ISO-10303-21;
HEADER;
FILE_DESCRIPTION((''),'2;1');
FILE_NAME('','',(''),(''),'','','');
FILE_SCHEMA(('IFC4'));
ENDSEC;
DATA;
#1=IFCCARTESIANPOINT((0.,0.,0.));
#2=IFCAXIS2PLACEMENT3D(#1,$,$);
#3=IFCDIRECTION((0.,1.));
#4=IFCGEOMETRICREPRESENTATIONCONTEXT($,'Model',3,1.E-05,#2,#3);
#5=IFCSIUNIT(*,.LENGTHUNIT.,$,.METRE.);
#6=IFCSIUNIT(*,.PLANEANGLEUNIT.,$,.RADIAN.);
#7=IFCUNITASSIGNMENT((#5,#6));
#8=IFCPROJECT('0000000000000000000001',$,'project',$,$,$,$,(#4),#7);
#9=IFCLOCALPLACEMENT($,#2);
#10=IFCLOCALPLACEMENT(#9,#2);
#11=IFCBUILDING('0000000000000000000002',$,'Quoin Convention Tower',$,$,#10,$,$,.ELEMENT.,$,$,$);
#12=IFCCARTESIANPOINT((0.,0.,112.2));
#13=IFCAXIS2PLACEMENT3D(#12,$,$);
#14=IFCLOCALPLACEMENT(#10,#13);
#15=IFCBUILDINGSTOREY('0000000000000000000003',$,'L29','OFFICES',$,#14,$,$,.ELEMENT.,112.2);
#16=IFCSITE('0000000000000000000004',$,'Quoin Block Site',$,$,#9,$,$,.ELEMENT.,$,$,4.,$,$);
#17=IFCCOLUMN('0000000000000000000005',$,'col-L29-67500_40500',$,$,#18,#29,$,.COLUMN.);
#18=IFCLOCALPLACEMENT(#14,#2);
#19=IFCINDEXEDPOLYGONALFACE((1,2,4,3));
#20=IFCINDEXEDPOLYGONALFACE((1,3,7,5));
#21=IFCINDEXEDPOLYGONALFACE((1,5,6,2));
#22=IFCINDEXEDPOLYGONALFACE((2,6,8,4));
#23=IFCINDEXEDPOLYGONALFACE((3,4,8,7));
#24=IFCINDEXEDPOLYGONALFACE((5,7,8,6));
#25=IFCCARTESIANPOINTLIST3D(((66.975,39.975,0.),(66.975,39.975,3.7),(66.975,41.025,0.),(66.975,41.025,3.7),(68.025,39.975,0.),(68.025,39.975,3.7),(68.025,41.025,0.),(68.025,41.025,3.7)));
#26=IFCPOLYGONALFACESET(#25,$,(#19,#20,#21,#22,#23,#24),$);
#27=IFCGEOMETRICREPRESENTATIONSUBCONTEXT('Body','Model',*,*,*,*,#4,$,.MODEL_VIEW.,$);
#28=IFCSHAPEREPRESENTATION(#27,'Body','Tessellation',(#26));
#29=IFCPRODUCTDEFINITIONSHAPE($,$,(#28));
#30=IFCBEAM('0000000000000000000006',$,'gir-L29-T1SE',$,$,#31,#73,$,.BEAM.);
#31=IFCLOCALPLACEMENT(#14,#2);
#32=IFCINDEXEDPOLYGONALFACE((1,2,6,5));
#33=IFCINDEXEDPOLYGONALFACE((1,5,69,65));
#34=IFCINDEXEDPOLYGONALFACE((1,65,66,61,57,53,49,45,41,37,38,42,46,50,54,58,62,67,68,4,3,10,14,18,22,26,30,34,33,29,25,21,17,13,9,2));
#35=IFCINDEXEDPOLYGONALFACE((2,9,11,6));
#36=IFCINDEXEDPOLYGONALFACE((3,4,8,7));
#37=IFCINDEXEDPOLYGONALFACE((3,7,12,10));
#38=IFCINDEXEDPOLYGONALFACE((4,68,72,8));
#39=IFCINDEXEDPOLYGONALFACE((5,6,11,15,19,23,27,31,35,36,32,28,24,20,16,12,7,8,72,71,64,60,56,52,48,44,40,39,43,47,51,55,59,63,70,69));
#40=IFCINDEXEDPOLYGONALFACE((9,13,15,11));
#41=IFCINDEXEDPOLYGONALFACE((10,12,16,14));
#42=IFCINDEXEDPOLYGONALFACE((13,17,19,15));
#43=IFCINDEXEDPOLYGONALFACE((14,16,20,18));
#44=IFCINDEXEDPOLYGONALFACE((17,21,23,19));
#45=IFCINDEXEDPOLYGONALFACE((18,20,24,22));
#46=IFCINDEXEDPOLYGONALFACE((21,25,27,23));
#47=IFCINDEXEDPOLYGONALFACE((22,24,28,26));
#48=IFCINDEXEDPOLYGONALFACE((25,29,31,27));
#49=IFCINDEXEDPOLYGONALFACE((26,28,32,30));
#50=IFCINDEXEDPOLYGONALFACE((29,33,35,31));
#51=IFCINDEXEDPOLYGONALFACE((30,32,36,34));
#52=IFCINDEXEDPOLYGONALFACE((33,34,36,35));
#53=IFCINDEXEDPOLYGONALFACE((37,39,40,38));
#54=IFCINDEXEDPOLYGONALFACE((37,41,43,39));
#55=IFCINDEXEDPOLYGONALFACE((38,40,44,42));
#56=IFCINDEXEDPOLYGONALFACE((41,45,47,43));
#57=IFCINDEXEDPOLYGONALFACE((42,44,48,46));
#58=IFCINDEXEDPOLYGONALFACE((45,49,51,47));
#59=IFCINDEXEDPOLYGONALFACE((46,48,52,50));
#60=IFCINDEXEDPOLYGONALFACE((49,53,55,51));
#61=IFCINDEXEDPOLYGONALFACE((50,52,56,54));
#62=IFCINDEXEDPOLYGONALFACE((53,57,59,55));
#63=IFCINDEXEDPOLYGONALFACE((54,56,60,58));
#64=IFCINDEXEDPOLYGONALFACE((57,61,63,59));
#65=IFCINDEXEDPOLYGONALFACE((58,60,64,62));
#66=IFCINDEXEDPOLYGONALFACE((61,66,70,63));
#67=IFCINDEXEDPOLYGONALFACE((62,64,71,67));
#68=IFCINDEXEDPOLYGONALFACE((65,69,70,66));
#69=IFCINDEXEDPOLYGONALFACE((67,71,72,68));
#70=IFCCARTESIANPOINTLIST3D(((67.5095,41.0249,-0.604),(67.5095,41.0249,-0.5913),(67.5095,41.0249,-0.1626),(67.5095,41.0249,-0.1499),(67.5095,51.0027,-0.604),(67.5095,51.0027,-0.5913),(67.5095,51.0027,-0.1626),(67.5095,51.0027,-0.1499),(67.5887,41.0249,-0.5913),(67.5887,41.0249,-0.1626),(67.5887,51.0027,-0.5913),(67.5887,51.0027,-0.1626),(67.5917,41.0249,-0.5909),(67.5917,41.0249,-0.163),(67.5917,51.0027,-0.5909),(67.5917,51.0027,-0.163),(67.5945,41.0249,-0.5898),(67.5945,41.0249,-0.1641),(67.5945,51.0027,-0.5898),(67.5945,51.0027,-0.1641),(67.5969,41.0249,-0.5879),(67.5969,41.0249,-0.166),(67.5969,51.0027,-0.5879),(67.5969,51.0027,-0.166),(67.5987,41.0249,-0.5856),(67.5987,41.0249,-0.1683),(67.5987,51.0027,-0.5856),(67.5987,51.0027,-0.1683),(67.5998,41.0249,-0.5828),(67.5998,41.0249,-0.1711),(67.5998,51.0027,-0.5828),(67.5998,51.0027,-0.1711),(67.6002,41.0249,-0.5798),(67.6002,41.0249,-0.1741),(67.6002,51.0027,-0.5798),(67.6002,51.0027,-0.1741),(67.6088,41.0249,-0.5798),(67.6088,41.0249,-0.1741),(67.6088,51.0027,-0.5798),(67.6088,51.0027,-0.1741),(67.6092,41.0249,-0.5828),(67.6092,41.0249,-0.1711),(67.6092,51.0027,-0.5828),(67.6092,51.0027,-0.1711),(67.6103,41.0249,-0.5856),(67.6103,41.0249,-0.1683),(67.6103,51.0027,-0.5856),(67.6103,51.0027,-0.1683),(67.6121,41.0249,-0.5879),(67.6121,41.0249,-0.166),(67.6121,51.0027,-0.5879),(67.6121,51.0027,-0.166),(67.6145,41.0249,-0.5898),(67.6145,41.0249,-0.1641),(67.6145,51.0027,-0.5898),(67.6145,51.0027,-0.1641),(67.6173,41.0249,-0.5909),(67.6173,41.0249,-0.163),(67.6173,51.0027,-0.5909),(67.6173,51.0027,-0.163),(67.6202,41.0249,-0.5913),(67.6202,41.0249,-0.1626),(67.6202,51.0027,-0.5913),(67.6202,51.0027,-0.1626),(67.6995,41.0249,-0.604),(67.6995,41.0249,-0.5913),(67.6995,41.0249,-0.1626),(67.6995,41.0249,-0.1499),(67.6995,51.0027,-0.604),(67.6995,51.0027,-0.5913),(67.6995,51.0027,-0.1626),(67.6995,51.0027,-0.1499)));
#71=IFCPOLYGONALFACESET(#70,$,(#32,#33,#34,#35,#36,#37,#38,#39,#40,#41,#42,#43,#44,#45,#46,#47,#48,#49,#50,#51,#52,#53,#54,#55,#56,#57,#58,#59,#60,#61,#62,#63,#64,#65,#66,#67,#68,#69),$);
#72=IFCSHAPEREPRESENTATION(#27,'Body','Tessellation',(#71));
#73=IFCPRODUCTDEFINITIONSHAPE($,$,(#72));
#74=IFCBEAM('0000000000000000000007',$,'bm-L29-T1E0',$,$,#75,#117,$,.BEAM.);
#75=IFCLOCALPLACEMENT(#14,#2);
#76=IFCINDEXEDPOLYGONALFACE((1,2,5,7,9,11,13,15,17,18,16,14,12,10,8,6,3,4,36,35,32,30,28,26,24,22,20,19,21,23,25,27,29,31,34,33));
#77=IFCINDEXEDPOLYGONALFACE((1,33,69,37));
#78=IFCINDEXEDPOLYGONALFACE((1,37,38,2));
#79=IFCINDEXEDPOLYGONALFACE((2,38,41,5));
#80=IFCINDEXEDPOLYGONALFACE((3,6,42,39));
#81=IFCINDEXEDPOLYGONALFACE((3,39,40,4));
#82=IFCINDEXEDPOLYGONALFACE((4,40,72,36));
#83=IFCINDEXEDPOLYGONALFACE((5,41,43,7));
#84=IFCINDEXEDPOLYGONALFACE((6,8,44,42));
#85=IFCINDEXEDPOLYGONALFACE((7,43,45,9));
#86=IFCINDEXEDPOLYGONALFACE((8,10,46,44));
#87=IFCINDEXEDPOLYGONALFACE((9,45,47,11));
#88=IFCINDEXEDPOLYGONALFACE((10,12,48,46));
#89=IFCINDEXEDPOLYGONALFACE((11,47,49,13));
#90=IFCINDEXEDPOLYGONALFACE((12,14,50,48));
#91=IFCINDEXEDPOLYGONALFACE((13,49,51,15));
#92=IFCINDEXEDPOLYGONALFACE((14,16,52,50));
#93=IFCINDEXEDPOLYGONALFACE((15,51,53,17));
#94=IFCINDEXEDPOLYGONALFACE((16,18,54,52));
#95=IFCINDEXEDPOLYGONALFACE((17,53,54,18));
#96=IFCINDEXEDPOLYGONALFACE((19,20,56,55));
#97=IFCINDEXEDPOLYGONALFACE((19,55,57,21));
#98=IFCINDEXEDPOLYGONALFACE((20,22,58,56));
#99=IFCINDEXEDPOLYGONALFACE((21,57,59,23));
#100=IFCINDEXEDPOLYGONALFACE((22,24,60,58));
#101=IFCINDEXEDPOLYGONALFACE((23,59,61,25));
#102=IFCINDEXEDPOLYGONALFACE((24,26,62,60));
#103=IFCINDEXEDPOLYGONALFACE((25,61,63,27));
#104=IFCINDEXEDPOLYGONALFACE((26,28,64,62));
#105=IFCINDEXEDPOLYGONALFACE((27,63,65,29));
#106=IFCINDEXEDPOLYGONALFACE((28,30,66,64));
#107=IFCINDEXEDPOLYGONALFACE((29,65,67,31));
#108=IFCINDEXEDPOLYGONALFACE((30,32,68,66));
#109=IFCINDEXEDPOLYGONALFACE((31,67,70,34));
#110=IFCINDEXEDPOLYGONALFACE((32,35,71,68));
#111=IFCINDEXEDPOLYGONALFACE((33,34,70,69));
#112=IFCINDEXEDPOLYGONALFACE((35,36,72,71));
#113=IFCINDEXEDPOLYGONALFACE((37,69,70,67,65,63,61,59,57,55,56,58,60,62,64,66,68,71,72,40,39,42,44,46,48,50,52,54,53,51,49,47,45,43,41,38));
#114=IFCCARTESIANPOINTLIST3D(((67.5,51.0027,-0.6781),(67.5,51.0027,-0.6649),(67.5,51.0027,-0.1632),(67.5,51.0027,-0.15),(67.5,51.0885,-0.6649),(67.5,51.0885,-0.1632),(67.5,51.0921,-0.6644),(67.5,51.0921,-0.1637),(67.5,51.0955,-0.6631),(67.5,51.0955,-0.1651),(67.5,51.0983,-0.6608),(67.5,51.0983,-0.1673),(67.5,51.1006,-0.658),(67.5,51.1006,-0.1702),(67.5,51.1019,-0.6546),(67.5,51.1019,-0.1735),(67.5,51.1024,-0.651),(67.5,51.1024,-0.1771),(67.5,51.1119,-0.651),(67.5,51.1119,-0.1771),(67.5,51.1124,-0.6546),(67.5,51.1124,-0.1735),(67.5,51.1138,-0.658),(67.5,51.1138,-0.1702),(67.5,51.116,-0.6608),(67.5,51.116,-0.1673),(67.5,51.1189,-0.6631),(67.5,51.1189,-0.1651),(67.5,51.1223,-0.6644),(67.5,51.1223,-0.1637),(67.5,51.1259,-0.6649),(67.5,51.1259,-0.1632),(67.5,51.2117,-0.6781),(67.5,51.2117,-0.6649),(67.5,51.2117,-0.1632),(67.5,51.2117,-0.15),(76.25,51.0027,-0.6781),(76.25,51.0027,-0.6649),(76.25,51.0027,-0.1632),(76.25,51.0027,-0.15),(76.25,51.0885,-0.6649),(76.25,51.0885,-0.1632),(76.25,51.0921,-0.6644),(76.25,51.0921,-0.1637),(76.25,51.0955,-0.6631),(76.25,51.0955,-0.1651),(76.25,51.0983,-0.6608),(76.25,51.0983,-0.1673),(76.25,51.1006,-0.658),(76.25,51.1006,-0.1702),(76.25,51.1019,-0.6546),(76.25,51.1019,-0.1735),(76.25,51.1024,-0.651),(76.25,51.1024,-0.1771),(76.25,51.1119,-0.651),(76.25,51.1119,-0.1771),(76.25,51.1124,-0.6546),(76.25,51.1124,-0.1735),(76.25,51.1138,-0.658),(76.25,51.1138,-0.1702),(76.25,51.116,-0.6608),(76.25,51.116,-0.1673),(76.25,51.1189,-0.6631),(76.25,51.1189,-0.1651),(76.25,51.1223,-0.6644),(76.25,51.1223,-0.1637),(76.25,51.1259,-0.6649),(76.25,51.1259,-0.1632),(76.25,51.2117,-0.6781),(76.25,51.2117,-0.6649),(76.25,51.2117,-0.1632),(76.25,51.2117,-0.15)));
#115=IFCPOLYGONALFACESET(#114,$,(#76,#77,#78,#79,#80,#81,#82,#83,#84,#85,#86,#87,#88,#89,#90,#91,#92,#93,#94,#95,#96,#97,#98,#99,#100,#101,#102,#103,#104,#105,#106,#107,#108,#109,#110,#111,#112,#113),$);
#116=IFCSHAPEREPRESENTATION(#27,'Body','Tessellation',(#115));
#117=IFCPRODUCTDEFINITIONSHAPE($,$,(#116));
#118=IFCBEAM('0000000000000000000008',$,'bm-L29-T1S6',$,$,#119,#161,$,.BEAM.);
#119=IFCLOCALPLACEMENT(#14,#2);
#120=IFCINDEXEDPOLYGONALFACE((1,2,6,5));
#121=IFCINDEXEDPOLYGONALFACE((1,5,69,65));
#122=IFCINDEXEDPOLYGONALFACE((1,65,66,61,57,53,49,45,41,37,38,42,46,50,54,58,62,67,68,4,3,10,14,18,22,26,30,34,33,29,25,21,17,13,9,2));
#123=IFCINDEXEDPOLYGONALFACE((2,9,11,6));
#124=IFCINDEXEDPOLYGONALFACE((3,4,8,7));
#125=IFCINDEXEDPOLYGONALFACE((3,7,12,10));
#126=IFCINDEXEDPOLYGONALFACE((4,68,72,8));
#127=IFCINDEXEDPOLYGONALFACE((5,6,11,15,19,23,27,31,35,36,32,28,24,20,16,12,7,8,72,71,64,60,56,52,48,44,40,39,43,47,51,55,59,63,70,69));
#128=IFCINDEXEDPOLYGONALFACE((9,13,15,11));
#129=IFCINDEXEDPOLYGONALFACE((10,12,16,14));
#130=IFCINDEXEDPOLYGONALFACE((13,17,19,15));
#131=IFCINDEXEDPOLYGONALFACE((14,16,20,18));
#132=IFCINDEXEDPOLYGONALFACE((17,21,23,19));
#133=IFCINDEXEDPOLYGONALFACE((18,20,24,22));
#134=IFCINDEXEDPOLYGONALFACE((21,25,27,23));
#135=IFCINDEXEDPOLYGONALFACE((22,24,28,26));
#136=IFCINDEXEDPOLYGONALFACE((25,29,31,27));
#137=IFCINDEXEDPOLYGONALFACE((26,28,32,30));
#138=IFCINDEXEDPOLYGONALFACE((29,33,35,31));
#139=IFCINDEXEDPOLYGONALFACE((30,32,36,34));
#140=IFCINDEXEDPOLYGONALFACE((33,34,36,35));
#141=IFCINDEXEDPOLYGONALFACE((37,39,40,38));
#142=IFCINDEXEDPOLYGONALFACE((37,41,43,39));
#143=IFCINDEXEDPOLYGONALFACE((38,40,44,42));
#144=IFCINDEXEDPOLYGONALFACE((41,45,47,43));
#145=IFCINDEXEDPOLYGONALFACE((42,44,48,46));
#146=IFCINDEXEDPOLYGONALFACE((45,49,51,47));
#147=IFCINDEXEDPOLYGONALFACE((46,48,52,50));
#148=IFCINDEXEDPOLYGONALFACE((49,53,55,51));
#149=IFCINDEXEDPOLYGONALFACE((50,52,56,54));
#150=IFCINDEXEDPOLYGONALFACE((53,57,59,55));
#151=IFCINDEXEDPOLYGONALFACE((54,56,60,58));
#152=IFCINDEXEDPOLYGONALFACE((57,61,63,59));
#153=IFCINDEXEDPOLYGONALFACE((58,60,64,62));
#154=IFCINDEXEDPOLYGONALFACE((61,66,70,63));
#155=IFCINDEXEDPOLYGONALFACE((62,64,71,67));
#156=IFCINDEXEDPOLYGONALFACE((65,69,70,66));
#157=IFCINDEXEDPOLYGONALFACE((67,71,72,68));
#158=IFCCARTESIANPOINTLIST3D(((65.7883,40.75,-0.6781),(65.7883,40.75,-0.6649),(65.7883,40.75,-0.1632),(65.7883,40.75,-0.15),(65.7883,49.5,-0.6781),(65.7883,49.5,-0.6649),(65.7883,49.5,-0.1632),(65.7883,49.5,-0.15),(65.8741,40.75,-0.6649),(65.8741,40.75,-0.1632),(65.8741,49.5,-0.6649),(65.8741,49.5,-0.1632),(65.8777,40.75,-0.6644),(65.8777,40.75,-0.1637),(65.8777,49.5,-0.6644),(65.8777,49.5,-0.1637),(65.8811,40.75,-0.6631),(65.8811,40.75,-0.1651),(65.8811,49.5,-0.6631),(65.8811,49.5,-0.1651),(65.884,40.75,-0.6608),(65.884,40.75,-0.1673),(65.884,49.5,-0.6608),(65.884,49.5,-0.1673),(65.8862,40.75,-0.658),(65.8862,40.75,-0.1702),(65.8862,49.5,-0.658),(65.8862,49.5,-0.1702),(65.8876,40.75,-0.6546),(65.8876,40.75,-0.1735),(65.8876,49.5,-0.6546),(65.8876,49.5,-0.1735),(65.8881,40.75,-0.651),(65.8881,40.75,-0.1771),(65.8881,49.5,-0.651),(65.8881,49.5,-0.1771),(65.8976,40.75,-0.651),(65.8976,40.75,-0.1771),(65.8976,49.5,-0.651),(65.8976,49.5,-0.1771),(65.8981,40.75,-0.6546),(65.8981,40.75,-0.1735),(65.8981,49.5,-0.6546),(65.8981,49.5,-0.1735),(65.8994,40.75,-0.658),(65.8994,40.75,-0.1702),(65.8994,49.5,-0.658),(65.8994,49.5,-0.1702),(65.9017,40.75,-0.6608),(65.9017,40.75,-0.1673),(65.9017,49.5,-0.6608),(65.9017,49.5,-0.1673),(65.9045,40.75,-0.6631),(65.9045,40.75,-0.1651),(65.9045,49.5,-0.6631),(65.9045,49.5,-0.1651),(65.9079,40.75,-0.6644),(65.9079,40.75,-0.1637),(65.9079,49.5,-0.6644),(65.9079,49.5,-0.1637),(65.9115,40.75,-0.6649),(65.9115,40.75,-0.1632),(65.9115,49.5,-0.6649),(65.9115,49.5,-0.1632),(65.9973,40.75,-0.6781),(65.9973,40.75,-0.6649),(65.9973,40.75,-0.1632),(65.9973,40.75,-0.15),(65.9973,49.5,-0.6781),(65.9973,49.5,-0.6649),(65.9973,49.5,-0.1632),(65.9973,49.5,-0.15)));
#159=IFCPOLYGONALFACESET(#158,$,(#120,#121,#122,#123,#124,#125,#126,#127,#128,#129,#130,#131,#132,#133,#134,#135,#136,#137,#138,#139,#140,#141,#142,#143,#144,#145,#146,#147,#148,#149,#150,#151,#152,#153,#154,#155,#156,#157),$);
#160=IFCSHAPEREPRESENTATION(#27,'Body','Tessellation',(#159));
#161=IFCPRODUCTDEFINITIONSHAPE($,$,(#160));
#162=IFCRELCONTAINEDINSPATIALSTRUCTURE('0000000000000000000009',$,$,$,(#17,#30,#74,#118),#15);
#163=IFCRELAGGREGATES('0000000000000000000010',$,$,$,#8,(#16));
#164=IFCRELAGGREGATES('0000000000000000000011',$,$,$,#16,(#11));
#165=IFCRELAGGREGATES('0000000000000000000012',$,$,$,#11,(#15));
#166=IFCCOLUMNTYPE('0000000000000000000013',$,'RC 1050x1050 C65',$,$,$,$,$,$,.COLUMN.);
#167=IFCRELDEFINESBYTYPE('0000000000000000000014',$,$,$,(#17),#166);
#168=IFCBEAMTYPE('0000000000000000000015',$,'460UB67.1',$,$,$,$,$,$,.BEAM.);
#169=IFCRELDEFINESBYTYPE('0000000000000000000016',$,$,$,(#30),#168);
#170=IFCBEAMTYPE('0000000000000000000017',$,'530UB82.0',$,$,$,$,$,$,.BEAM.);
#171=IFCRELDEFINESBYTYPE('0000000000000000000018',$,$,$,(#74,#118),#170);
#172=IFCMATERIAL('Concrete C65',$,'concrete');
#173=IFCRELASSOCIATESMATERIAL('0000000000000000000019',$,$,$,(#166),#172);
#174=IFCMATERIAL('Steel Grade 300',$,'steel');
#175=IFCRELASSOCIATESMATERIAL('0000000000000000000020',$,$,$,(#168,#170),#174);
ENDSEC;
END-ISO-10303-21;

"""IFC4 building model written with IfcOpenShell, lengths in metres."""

from ifc_helpers import new_model, si_unit, direction, frame, origin, origin_2d, place, context, subcontext, project, spatial, rectangle, i_section, extrude, material, material_profile, profile_set, type_object, element, save


model = new_model("IFC4")

# Units and contexts
model_context = context("Model", 3, precision=1e-05, world=origin(), true_north=direction((0.0, 1.0)))
body_context = subcontext(model_context, "Body", "Model", "MODEL_VIEW")
ifc_project = project(units=[si_unit("LENGTHUNIT", "METRE"), si_unit("PLANEANGLEUNIT", "RADIAN")], contexts=[model_context])

# Site, building, storey
site_placement = place(None, origin())
site = spatial("IfcSite", under=ifc_project, at=site_placement, Name="Quoin Block Site", CompositionType="ELEMENT", RefElevation=4.0)
building_placement = place(site_placement, origin())
building = spatial("IfcBuilding", under=site, at=building_placement, Name="Quoin Convention Tower", CompositionType="ELEMENT")
storey_placement = place(building_placement, frame((0.0, 0.0, 112.2)))
storey = spatial("IfcBuildingStorey", under=building, at=storey_placement, Name="L29", Description="OFFICES", CompositionType="ELEMENT", Elevation=112.2)

# Column
ifc_material_1 = material(Name="Concrete C65", Category="concrete")
ifc_material_profile_1 = material_profile(ifc_material_1, rectangle(XDim=1.05, YDim=1.05, at=origin_2d()), Name="RC 1050x1050")
ifc_profile_set_1 = profile_set([ifc_material_profile_1], Name="Concrete C65")
column_type = type_object("IfcColumnType", Name="RC 1050x1050 C65", PredefinedType="COLUMN", material=ifc_profile_set_1)
column_placement = place(storey_placement, frame((67.5, 40.5, 0.0), z_axis=(0.0, 0.0, 1.0), x_axis=(1.0, 0.0, 0.0)))
element("IfcColumn", 1, at=column_placement, inside=storey, type_object=column_type, Name="col-L29-67500_40500", PredefinedType="COLUMN", context=body_context, shape_type="SweptSolid", body=[
    extrude(rectangle(XDim=1.05, YDim=1.05, at=origin_2d()), origin(), (0.0, 0.0, 1.0), 3.7),
])

# Beams
ifc_material_2 = material(Name="Steel Grade 300", Category="steel")
ifc_material_profile_2 = material_profile(ifc_material_2, i_section(OverallWidth=0.1899, OverallDepth=0.4541, WebThickness=0.0085, FlangeThickness=0.0127, FilletRadius=0.0115, at=origin_2d()), Name="460UB67.1")
ifc_profile_set_2 = profile_set([ifc_material_profile_2], Name="Steel Grade 300")
beam_type_1 = type_object("IfcBeamType", Name="460UB67.1", PredefinedType="BEAM", material=ifc_profile_set_2)
beam_1_placement = place(storey_placement, frame((67.6045, 41.0249, -0.377), z_axis=(0.0, 1.0, 0.0), x_axis=(-1.0, 0.0, 0.0)))
element("IfcBeam", 2, at=beam_1_placement, inside=storey, type_object=beam_type_1, Name="gir-L29-T1SE", PredefinedType="BEAM", context=body_context, shape_type="SweptSolid", body=[
    extrude(i_section(OverallWidth=0.1899, OverallDepth=0.4541, WebThickness=0.0085, FlangeThickness=0.0127, FilletRadius=0.0115, at=origin_2d()), origin(), (0.0, 0.0, 1.0), 9.9778),
])
ifc_material_profile_3 = material_profile(ifc_material_2, i_section(OverallWidth=0.209, OverallDepth=0.5281, WebThickness=0.0095, FlangeThickness=0.0132, FilletRadius=0.0139, at=origin_2d()), Name="530UB82.0")
ifc_profile_set_3 = profile_set([ifc_material_profile_3], Name="Steel Grade 300")
beam_type_2 = type_object("IfcBeamType", Name="530UB82.0", PredefinedType="BEAM", material=ifc_profile_set_3)
for number, where, z_axis, x_axis, name in (
    (3, (67.5, 51.1072, -0.4141), (1.0, 0.0, 0.0), (0.0, 1.0, 0.0), "bm-L29-T1E0"),
    (4, (65.8928, 40.75, -0.4141), (0.0, 1.0, 0.0), (-1.0, 0.0, 0.0), "bm-L29-T1S6"),
):
    element("IfcBeam", number, at=place(storey_placement, frame(where, z_axis=z_axis, x_axis=x_axis)), inside=storey, type_object=beam_type_2, Name=name, PredefinedType="BEAM", context=body_context, shape_type="SweptSolid", body=[
        extrude(i_section(OverallWidth=0.209, OverallDepth=0.5281, WebThickness=0.0095, FlangeThickness=0.0132, FilletRadius=0.0139, at=origin_2d()), origin(), (0.0, 0.0, 1.0), 8.75),
    ])

save(model, "model.ifc")
